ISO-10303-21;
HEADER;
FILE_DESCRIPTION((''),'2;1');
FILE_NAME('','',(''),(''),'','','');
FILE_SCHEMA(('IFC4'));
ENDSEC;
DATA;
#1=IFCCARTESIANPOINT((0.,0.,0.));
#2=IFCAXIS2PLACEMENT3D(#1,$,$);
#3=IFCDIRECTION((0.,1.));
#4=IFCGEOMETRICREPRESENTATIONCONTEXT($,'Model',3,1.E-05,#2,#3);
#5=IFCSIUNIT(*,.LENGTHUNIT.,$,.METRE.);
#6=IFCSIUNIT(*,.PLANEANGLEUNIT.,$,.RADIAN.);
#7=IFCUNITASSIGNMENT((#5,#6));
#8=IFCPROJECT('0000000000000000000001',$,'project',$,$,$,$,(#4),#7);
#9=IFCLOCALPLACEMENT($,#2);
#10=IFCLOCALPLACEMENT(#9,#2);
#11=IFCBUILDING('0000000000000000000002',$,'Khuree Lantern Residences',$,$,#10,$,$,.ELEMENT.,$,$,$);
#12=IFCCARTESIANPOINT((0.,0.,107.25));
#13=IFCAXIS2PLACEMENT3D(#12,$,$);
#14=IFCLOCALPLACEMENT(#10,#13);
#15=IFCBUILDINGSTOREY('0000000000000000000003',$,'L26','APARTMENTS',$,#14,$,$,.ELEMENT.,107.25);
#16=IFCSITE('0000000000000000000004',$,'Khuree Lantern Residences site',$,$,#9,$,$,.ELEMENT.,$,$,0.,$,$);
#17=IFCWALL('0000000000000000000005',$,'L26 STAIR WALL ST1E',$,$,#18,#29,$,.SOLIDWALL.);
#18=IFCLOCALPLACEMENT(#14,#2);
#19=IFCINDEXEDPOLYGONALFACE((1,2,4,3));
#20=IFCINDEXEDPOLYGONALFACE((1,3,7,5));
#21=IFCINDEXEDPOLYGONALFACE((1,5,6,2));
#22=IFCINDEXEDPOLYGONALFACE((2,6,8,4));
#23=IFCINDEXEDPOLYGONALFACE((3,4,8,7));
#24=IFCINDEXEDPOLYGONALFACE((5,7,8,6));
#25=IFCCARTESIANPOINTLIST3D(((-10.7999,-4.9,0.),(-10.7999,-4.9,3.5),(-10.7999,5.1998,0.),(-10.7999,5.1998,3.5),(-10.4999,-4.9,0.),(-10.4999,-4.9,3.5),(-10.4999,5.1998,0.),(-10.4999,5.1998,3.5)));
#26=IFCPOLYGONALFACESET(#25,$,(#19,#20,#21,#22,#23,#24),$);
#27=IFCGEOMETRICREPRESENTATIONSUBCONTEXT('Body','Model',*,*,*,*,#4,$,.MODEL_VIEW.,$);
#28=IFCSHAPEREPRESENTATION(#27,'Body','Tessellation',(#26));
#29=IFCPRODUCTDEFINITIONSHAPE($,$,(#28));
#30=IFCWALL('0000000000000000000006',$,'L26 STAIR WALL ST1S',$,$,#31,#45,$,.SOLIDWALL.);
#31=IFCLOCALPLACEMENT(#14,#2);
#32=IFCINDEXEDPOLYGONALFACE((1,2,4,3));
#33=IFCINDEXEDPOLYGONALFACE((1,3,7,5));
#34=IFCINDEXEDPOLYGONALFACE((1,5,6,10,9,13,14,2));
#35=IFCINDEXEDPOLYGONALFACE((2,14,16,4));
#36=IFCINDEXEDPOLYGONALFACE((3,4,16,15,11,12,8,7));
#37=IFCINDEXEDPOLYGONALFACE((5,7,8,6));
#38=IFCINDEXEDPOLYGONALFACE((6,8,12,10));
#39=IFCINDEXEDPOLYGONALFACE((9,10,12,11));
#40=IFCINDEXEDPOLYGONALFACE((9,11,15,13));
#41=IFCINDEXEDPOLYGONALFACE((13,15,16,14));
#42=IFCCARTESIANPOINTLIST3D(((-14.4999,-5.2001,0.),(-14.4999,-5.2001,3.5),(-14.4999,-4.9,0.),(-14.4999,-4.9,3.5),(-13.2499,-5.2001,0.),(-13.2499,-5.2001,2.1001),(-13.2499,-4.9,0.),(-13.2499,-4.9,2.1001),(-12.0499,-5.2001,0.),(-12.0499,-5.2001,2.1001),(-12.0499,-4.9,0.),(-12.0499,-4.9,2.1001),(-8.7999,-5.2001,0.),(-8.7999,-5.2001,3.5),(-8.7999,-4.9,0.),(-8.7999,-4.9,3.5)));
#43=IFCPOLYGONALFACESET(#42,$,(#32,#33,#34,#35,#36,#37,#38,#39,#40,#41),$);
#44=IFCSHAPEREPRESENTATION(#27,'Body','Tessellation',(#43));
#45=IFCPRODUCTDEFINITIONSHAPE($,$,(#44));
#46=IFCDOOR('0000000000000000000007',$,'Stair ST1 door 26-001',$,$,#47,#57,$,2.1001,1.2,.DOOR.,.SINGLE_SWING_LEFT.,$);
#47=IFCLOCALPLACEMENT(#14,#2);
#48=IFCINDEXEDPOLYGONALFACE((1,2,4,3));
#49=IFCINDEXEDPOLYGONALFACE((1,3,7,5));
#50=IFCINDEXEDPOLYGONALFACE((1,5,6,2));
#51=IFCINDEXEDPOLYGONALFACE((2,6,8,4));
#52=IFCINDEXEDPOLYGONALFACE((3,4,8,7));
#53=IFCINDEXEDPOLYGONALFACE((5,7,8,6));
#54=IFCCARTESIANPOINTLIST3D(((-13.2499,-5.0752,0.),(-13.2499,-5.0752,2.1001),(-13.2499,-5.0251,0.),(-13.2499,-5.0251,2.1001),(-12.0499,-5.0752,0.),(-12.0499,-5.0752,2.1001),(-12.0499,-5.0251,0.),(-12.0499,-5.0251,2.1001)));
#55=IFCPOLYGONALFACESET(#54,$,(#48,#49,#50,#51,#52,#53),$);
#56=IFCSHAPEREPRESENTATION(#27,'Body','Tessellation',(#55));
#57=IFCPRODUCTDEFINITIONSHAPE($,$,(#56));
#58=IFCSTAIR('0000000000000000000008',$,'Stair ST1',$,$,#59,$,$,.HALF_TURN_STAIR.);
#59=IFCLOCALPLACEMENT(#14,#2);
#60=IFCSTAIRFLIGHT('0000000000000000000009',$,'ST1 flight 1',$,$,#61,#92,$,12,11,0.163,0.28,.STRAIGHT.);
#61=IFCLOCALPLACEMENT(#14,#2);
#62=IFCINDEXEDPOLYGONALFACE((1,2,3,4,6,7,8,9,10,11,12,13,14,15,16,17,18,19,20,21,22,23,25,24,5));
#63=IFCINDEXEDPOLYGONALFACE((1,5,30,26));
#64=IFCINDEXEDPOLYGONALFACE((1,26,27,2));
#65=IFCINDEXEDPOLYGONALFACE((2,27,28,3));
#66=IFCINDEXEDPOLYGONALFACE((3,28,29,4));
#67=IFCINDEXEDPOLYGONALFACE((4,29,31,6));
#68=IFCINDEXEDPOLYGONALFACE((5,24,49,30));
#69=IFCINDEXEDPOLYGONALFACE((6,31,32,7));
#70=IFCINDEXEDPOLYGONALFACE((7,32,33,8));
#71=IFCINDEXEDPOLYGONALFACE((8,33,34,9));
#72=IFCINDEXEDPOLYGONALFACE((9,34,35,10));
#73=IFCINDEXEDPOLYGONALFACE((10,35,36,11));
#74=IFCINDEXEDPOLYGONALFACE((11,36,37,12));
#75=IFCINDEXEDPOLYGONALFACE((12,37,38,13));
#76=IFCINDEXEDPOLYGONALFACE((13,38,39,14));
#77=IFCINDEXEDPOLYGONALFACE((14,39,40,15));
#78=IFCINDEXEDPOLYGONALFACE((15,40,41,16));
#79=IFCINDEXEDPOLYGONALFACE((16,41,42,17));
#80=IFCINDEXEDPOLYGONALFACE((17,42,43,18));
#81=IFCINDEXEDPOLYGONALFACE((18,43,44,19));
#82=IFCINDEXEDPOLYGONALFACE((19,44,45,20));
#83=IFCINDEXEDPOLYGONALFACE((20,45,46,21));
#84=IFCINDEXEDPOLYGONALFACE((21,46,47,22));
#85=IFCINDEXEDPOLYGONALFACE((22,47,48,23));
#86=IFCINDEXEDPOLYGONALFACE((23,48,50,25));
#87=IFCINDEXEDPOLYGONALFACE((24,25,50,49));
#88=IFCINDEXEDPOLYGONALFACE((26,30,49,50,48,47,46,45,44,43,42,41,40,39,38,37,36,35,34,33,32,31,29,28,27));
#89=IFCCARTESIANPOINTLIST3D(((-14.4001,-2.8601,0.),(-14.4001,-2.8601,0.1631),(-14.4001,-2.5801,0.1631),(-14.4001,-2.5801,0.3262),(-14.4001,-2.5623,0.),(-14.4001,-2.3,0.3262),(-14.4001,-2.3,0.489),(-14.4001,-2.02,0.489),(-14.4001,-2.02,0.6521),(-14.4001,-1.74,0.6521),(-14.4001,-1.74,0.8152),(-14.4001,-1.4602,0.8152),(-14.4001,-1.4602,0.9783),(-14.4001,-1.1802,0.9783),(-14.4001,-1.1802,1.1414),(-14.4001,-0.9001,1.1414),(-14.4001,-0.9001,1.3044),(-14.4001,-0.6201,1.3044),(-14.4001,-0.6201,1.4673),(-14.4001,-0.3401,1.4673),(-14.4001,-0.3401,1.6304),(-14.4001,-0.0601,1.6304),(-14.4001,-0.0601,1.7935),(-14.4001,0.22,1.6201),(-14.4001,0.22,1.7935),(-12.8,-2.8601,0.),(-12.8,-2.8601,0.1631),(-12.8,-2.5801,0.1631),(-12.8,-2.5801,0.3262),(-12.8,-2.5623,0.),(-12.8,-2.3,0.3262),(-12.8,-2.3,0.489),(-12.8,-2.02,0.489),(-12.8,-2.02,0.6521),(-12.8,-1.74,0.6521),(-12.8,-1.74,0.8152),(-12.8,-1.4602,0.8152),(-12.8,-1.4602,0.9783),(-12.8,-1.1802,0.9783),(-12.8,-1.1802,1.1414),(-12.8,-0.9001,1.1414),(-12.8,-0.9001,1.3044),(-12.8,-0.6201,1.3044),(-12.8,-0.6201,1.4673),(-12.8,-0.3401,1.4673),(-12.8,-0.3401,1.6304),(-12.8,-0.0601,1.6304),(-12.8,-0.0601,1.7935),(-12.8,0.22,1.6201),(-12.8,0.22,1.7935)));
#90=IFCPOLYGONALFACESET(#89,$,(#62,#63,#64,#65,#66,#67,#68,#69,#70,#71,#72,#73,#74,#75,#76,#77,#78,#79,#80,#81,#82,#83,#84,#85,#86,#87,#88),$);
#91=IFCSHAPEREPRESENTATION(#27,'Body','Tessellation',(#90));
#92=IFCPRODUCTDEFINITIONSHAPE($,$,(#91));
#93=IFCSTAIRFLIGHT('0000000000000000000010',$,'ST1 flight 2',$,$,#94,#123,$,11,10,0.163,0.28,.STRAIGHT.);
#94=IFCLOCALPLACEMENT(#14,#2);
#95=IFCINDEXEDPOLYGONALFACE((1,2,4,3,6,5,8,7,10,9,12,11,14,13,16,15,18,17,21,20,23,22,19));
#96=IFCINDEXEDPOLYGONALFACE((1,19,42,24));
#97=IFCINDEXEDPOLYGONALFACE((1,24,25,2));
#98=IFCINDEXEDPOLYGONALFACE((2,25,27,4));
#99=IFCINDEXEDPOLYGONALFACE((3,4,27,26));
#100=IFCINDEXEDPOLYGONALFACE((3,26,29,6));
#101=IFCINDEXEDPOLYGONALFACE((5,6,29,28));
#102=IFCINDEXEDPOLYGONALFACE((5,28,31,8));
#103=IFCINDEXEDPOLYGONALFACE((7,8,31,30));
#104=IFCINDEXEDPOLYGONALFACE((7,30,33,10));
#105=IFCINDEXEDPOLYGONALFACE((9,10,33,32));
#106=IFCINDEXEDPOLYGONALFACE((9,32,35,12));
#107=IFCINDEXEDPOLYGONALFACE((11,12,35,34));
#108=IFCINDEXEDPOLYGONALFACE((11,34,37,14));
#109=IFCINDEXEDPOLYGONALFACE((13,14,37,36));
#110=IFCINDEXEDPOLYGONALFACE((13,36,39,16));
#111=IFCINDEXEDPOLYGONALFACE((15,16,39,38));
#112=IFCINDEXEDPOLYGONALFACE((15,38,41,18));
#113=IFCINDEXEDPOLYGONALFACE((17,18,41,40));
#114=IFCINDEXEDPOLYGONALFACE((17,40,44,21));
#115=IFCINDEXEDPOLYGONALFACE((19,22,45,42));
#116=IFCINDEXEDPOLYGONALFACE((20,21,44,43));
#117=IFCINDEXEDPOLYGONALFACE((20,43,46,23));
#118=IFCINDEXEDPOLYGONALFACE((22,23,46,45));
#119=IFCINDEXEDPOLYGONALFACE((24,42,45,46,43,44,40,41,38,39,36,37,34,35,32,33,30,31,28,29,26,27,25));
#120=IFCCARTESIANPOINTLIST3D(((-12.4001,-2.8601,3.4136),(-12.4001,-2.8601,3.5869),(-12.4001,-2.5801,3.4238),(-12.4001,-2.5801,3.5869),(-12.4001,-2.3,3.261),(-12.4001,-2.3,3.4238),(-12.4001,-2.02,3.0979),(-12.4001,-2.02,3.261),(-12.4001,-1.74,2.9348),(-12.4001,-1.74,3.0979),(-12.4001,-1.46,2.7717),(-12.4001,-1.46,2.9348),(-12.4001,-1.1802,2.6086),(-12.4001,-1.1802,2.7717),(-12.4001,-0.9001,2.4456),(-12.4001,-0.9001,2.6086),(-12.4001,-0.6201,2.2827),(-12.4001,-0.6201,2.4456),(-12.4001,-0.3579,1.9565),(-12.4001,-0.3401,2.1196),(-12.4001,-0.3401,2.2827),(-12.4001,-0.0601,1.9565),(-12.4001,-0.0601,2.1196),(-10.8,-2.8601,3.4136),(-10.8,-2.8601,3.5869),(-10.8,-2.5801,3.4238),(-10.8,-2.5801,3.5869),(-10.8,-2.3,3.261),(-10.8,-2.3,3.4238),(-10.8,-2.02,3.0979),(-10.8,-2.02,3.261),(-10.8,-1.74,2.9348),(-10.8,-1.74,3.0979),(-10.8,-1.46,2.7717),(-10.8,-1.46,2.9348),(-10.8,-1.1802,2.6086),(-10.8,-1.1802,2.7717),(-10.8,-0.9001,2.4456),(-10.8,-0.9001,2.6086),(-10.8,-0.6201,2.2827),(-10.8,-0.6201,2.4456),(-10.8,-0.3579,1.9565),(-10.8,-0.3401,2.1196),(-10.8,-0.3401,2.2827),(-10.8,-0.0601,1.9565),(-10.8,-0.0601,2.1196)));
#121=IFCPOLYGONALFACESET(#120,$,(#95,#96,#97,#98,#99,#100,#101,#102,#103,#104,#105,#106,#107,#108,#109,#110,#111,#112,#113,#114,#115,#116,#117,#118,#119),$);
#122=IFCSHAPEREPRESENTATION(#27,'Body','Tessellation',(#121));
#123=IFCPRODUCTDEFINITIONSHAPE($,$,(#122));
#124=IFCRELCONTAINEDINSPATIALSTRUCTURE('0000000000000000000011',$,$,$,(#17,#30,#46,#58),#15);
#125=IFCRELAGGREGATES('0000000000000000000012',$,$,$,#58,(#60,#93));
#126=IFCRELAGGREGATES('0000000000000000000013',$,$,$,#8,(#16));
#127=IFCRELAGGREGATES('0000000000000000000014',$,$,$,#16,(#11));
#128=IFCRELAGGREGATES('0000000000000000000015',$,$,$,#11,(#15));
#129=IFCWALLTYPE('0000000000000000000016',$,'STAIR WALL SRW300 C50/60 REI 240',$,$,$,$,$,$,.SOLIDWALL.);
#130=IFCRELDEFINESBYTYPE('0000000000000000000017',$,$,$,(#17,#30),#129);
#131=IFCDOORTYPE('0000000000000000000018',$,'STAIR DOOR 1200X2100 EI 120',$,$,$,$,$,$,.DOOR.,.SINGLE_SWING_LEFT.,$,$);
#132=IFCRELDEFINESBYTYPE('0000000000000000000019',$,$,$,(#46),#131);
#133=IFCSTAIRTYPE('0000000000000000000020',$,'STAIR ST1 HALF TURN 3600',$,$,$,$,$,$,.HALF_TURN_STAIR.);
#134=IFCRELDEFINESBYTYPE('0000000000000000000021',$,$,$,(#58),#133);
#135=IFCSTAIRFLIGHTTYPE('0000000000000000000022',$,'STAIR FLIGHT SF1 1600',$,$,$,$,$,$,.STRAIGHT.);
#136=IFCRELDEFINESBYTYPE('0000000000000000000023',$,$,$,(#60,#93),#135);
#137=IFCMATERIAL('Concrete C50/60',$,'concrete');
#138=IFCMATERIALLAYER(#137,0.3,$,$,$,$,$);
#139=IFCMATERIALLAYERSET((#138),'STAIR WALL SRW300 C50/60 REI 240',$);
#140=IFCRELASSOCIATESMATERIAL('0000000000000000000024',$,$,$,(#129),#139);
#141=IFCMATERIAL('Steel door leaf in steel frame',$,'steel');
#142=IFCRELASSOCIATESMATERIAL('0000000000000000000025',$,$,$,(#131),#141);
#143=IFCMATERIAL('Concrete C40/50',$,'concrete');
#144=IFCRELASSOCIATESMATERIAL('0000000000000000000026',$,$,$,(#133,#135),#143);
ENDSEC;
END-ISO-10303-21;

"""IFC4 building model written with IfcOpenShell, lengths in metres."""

from ifc_helpers import new_model, si_unit, direction, frame, frame_2d, origin, place, context, subcontext, project, spatial, polyline, rectangle, outline, extrude, material, layer, layer_set, type_object, element, fill, aggregate, save


model = new_model("IFC4")

# Units and contexts
model_context = context("Model", 3, precision=1e-05, world=origin(), true_north=direction((0.0, 1.0)))
body_context = subcontext(model_context, "Body", "Model", "MODEL_VIEW")
ifc_project = project(units=[si_unit("LENGTHUNIT", "METRE"), si_unit("PLANEANGLEUNIT", "RADIAN")], contexts=[model_context])

# Site, building, storey
site_placement = place(None, origin())
site = spatial("IfcSite", under=ifc_project, at=site_placement, Name="Khuree Lantern Residences site", CompositionType="ELEMENT", RefElevation=0.0)
building_placement = place(site_placement, origin())
building = spatial("IfcBuilding", under=site, at=building_placement, Name="Khuree Lantern Residences", CompositionType="ELEMENT")
storey_placement = place(building_placement, frame((0.0, 0.0, 107.25)))
storey = spatial("IfcBuildingStorey", under=building, at=storey_placement, Name="L26", Description="APARTMENTS", CompositionType="ELEMENT", Elevation=107.25)

# Shared definitions
ifc_material_1 = material(Name="Steel door leaf in steel frame", Category="steel")

# Wall
ifc_material_2 = material(Name="Concrete C50/60", Category="concrete")
ifc_layer_1 = layer(ifc_material_2, 0.3)
ifc_layer_set_1 = layer_set([ifc_layer_1], Name="STAIR WALL SRW300 C50/60 REI 240")
wall_type_1 = type_object("IfcWallType", Name="STAIR WALL SRW300 C50/60 REI 240", PredefinedType="SOLIDWALL", material=ifc_layer_set_1)
wall_1_placement = place(storey_placement, frame((-10.6499, -4.8999, 0.0), z_axis=(0.0, 0.0, 1.0), x_axis=(0.0, 1.0, 0.0)))
element("IfcWall", 1, at=wall_1_placement, inside=storey, type_object=wall_type_1, Name="L26 STAIR WALL ST1E", PredefinedType="SOLIDWALL", context=body_context, shape_type="SweptSolid", body=[
    extrude(rectangle(XDim=10.0999, YDim=0.3, at=frame_2d((5.0498, 0.0))), origin(), (0.0, 0.0, 1.0), 3.5),
])

# Wall, opening, door
wall_2_placement = place(storey_placement, frame((-14.5, -5.05, 0.0), z_axis=(0.0, 0.0, 1.0), x_axis=(1.0, 0.0, 0.0)))
wall_2 = element("IfcWall", 2, at=wall_2_placement, inside=storey, type_object=wall_type_1, Name="L26 STAIR WALL ST1S", PredefinedType="SOLIDWALL", context=body_context, shape_type="SweptSolid", body=[
    extrude(rectangle(XDim=5.7, YDim=0.3, at=frame_2d((2.8501, 0.0))), origin(), (0.0, 0.0, 1.0), 3.5),
])
opening_1_placement = place(wall_2_placement, frame((1.25, 0.0, 0.0)))
opening_1 = element("IfcOpeningElement", 3, at=opening_1_placement, cuts=wall_2, PredefinedType="OPENING", context=body_context, shape_type="SweptSolid", body=[
    extrude(rectangle(XDim=1.2, YDim=2.1001, at=frame_2d((0.6001, 1.05))), frame((0.0, 0.1602, 0.0), z_axis=(0.0, -1.0, 0.0), x_axis=(1.0, 0.0, 0.0)), (0.0, 0.0, 1.0), 0.3201),
])
door_type_1 = type_object("IfcDoorType", Name="STAIR DOOR 1200X2100 EI 120", OperationType="SINGLE_SWING_LEFT", PredefinedType="DOOR", material=ifc_material_1)
door_1_placement = place(opening_1_placement, origin())
door_1 = element("IfcDoor", 4, at=door_1_placement, inside=storey, type_object=door_type_1, Name="Stair ST1 door 26-001", OperationType="SINGLE_SWING_LEFT", OverallHeight=2.1001, OverallWidth=1.2, PredefinedType="DOOR", context=body_context, shape_type="SweptSolid", body=[
    extrude(rectangle(XDim=1.2, YDim=2.1001, at=frame_2d((0.6001, 1.05))), frame((0.0, 0.0249, 0.0), z_axis=(0.0, -1.0, 0.0), x_axis=(1.0, 0.0, 0.0)), (0.0, 0.0, 1.0), 0.05),
])
fill(opening_1, door_1)

# Stair, stair flights
ifc_material_3 = material(Name="Concrete C40/50", Category="concrete")
stair_type = type_object("IfcStairType", Name="STAIR ST1 HALF TURN 3600", PredefinedType="HALF_TURN_STAIR", material=ifc_material_3)
stair_placement = place(storey_placement, origin())
stair = element("IfcStair", 5, at=stair_placement, inside=storey, type_object=stair_type, Name="Stair ST1", PredefinedType="HALF_TURN_STAIR")
stair_flight_type = type_object("IfcStairFlightType", Name="STAIR FLIGHT SF1 1600", PredefinedType="STRAIGHT", material=ifc_material_3)
stair_flight_1_placement = place(storey_placement, frame((-13.6001, -2.8601, 0.0), z_axis=(0.0, 0.0, 1.0), x_axis=(0.0, 1.0, 0.0)))
stair_flight_1 = element("IfcStairFlight", 6, at=stair_flight_1_placement, type_object=stair_flight_type, Name="ST1 flight 1", NumberOfRisers=12, NumberOfTreads=11, PredefinedType="STRAIGHT", RiserHeight=0.163, TreadLength=0.28, context=body_context, shape_type="SweptSolid", body=[
    extrude(outline(polyline([(0.0, 0.0), (0.0, 0.1631), (0.28, 0.1631), (0.28, 0.3262), (0.5601, 0.3262), (0.5601, 0.489), (0.8401, 0.489), (0.8401, 0.6521), (1.1201, 0.6521), (1.1201, 0.8152), (1.3999, 0.8152), (1.3999, 0.9783), (1.6799, 0.9783), (1.6799, 1.1414), (1.96, 1.1414), (1.96, 1.3044), (2.24, 1.3044), (2.24, 1.4673), (2.52, 1.4673), (2.52, 1.6304), (2.8, 1.6304), (2.8, 1.7935), (3.0801, 1.7935), (3.0801, 1.9565), (3.0801, 1.6201), (0.2979, 0.0), (0.0, 0.0)])), frame((0.0, 0.8, 0.0), z_axis=(0.0, -1.0, 0.0), x_axis=(1.0, 0.0, 0.0)), (0.0, 0.0, 1.0), 1.6001),
])
stair_flight_2_placement = place(storey_placement, frame((-11.6001, -0.0601, 1.9565), z_axis=(0.0, 0.0, 1.0), x_axis=(0.0, -1.0, 0.0)))
stair_flight_2 = element("IfcStairFlight", 7, at=stair_flight_2_placement, type_object=stair_flight_type, Name="ST1 flight 2", NumberOfRisers=11, NumberOfTreads=10, PredefinedType="STRAIGHT", RiserHeight=0.163, TreadLength=0.28, context=body_context, shape_type="SweptSolid", body=[
    extrude(outline(polyline([(0.0, 0.0), (0.0, 0.1631), (0.28, 0.1631), (0.28, 0.3262), (0.5601, 0.3262), (0.5601, 0.489), (0.8401, 0.489), (0.8401, 0.6521), (1.1201, 0.6521), (1.1201, 0.8152), (1.3999, 0.8152), (1.3999, 0.9783), (1.6799, 0.9783), (1.6799, 1.1414), (1.96, 1.1414), (1.96, 1.3044), (2.24, 1.3044), (2.24, 1.4673), (2.52, 1.4673), (2.52, 1.6304), (2.8, 1.6304), (2.8, 1.7935), (2.8, 1.457), (0.2979, 0.0), (0.0, 0.0)])), frame((0.0, 0.8, 0.0), z_axis=(0.0, -1.0, 0.0), x_axis=(1.0, 0.0, 0.0)), (0.0, 0.0, 1.0), 1.6001),
])
aggregate(stair, [stair_flight_1, stair_flight_2])

save(model, "model.ifc")
